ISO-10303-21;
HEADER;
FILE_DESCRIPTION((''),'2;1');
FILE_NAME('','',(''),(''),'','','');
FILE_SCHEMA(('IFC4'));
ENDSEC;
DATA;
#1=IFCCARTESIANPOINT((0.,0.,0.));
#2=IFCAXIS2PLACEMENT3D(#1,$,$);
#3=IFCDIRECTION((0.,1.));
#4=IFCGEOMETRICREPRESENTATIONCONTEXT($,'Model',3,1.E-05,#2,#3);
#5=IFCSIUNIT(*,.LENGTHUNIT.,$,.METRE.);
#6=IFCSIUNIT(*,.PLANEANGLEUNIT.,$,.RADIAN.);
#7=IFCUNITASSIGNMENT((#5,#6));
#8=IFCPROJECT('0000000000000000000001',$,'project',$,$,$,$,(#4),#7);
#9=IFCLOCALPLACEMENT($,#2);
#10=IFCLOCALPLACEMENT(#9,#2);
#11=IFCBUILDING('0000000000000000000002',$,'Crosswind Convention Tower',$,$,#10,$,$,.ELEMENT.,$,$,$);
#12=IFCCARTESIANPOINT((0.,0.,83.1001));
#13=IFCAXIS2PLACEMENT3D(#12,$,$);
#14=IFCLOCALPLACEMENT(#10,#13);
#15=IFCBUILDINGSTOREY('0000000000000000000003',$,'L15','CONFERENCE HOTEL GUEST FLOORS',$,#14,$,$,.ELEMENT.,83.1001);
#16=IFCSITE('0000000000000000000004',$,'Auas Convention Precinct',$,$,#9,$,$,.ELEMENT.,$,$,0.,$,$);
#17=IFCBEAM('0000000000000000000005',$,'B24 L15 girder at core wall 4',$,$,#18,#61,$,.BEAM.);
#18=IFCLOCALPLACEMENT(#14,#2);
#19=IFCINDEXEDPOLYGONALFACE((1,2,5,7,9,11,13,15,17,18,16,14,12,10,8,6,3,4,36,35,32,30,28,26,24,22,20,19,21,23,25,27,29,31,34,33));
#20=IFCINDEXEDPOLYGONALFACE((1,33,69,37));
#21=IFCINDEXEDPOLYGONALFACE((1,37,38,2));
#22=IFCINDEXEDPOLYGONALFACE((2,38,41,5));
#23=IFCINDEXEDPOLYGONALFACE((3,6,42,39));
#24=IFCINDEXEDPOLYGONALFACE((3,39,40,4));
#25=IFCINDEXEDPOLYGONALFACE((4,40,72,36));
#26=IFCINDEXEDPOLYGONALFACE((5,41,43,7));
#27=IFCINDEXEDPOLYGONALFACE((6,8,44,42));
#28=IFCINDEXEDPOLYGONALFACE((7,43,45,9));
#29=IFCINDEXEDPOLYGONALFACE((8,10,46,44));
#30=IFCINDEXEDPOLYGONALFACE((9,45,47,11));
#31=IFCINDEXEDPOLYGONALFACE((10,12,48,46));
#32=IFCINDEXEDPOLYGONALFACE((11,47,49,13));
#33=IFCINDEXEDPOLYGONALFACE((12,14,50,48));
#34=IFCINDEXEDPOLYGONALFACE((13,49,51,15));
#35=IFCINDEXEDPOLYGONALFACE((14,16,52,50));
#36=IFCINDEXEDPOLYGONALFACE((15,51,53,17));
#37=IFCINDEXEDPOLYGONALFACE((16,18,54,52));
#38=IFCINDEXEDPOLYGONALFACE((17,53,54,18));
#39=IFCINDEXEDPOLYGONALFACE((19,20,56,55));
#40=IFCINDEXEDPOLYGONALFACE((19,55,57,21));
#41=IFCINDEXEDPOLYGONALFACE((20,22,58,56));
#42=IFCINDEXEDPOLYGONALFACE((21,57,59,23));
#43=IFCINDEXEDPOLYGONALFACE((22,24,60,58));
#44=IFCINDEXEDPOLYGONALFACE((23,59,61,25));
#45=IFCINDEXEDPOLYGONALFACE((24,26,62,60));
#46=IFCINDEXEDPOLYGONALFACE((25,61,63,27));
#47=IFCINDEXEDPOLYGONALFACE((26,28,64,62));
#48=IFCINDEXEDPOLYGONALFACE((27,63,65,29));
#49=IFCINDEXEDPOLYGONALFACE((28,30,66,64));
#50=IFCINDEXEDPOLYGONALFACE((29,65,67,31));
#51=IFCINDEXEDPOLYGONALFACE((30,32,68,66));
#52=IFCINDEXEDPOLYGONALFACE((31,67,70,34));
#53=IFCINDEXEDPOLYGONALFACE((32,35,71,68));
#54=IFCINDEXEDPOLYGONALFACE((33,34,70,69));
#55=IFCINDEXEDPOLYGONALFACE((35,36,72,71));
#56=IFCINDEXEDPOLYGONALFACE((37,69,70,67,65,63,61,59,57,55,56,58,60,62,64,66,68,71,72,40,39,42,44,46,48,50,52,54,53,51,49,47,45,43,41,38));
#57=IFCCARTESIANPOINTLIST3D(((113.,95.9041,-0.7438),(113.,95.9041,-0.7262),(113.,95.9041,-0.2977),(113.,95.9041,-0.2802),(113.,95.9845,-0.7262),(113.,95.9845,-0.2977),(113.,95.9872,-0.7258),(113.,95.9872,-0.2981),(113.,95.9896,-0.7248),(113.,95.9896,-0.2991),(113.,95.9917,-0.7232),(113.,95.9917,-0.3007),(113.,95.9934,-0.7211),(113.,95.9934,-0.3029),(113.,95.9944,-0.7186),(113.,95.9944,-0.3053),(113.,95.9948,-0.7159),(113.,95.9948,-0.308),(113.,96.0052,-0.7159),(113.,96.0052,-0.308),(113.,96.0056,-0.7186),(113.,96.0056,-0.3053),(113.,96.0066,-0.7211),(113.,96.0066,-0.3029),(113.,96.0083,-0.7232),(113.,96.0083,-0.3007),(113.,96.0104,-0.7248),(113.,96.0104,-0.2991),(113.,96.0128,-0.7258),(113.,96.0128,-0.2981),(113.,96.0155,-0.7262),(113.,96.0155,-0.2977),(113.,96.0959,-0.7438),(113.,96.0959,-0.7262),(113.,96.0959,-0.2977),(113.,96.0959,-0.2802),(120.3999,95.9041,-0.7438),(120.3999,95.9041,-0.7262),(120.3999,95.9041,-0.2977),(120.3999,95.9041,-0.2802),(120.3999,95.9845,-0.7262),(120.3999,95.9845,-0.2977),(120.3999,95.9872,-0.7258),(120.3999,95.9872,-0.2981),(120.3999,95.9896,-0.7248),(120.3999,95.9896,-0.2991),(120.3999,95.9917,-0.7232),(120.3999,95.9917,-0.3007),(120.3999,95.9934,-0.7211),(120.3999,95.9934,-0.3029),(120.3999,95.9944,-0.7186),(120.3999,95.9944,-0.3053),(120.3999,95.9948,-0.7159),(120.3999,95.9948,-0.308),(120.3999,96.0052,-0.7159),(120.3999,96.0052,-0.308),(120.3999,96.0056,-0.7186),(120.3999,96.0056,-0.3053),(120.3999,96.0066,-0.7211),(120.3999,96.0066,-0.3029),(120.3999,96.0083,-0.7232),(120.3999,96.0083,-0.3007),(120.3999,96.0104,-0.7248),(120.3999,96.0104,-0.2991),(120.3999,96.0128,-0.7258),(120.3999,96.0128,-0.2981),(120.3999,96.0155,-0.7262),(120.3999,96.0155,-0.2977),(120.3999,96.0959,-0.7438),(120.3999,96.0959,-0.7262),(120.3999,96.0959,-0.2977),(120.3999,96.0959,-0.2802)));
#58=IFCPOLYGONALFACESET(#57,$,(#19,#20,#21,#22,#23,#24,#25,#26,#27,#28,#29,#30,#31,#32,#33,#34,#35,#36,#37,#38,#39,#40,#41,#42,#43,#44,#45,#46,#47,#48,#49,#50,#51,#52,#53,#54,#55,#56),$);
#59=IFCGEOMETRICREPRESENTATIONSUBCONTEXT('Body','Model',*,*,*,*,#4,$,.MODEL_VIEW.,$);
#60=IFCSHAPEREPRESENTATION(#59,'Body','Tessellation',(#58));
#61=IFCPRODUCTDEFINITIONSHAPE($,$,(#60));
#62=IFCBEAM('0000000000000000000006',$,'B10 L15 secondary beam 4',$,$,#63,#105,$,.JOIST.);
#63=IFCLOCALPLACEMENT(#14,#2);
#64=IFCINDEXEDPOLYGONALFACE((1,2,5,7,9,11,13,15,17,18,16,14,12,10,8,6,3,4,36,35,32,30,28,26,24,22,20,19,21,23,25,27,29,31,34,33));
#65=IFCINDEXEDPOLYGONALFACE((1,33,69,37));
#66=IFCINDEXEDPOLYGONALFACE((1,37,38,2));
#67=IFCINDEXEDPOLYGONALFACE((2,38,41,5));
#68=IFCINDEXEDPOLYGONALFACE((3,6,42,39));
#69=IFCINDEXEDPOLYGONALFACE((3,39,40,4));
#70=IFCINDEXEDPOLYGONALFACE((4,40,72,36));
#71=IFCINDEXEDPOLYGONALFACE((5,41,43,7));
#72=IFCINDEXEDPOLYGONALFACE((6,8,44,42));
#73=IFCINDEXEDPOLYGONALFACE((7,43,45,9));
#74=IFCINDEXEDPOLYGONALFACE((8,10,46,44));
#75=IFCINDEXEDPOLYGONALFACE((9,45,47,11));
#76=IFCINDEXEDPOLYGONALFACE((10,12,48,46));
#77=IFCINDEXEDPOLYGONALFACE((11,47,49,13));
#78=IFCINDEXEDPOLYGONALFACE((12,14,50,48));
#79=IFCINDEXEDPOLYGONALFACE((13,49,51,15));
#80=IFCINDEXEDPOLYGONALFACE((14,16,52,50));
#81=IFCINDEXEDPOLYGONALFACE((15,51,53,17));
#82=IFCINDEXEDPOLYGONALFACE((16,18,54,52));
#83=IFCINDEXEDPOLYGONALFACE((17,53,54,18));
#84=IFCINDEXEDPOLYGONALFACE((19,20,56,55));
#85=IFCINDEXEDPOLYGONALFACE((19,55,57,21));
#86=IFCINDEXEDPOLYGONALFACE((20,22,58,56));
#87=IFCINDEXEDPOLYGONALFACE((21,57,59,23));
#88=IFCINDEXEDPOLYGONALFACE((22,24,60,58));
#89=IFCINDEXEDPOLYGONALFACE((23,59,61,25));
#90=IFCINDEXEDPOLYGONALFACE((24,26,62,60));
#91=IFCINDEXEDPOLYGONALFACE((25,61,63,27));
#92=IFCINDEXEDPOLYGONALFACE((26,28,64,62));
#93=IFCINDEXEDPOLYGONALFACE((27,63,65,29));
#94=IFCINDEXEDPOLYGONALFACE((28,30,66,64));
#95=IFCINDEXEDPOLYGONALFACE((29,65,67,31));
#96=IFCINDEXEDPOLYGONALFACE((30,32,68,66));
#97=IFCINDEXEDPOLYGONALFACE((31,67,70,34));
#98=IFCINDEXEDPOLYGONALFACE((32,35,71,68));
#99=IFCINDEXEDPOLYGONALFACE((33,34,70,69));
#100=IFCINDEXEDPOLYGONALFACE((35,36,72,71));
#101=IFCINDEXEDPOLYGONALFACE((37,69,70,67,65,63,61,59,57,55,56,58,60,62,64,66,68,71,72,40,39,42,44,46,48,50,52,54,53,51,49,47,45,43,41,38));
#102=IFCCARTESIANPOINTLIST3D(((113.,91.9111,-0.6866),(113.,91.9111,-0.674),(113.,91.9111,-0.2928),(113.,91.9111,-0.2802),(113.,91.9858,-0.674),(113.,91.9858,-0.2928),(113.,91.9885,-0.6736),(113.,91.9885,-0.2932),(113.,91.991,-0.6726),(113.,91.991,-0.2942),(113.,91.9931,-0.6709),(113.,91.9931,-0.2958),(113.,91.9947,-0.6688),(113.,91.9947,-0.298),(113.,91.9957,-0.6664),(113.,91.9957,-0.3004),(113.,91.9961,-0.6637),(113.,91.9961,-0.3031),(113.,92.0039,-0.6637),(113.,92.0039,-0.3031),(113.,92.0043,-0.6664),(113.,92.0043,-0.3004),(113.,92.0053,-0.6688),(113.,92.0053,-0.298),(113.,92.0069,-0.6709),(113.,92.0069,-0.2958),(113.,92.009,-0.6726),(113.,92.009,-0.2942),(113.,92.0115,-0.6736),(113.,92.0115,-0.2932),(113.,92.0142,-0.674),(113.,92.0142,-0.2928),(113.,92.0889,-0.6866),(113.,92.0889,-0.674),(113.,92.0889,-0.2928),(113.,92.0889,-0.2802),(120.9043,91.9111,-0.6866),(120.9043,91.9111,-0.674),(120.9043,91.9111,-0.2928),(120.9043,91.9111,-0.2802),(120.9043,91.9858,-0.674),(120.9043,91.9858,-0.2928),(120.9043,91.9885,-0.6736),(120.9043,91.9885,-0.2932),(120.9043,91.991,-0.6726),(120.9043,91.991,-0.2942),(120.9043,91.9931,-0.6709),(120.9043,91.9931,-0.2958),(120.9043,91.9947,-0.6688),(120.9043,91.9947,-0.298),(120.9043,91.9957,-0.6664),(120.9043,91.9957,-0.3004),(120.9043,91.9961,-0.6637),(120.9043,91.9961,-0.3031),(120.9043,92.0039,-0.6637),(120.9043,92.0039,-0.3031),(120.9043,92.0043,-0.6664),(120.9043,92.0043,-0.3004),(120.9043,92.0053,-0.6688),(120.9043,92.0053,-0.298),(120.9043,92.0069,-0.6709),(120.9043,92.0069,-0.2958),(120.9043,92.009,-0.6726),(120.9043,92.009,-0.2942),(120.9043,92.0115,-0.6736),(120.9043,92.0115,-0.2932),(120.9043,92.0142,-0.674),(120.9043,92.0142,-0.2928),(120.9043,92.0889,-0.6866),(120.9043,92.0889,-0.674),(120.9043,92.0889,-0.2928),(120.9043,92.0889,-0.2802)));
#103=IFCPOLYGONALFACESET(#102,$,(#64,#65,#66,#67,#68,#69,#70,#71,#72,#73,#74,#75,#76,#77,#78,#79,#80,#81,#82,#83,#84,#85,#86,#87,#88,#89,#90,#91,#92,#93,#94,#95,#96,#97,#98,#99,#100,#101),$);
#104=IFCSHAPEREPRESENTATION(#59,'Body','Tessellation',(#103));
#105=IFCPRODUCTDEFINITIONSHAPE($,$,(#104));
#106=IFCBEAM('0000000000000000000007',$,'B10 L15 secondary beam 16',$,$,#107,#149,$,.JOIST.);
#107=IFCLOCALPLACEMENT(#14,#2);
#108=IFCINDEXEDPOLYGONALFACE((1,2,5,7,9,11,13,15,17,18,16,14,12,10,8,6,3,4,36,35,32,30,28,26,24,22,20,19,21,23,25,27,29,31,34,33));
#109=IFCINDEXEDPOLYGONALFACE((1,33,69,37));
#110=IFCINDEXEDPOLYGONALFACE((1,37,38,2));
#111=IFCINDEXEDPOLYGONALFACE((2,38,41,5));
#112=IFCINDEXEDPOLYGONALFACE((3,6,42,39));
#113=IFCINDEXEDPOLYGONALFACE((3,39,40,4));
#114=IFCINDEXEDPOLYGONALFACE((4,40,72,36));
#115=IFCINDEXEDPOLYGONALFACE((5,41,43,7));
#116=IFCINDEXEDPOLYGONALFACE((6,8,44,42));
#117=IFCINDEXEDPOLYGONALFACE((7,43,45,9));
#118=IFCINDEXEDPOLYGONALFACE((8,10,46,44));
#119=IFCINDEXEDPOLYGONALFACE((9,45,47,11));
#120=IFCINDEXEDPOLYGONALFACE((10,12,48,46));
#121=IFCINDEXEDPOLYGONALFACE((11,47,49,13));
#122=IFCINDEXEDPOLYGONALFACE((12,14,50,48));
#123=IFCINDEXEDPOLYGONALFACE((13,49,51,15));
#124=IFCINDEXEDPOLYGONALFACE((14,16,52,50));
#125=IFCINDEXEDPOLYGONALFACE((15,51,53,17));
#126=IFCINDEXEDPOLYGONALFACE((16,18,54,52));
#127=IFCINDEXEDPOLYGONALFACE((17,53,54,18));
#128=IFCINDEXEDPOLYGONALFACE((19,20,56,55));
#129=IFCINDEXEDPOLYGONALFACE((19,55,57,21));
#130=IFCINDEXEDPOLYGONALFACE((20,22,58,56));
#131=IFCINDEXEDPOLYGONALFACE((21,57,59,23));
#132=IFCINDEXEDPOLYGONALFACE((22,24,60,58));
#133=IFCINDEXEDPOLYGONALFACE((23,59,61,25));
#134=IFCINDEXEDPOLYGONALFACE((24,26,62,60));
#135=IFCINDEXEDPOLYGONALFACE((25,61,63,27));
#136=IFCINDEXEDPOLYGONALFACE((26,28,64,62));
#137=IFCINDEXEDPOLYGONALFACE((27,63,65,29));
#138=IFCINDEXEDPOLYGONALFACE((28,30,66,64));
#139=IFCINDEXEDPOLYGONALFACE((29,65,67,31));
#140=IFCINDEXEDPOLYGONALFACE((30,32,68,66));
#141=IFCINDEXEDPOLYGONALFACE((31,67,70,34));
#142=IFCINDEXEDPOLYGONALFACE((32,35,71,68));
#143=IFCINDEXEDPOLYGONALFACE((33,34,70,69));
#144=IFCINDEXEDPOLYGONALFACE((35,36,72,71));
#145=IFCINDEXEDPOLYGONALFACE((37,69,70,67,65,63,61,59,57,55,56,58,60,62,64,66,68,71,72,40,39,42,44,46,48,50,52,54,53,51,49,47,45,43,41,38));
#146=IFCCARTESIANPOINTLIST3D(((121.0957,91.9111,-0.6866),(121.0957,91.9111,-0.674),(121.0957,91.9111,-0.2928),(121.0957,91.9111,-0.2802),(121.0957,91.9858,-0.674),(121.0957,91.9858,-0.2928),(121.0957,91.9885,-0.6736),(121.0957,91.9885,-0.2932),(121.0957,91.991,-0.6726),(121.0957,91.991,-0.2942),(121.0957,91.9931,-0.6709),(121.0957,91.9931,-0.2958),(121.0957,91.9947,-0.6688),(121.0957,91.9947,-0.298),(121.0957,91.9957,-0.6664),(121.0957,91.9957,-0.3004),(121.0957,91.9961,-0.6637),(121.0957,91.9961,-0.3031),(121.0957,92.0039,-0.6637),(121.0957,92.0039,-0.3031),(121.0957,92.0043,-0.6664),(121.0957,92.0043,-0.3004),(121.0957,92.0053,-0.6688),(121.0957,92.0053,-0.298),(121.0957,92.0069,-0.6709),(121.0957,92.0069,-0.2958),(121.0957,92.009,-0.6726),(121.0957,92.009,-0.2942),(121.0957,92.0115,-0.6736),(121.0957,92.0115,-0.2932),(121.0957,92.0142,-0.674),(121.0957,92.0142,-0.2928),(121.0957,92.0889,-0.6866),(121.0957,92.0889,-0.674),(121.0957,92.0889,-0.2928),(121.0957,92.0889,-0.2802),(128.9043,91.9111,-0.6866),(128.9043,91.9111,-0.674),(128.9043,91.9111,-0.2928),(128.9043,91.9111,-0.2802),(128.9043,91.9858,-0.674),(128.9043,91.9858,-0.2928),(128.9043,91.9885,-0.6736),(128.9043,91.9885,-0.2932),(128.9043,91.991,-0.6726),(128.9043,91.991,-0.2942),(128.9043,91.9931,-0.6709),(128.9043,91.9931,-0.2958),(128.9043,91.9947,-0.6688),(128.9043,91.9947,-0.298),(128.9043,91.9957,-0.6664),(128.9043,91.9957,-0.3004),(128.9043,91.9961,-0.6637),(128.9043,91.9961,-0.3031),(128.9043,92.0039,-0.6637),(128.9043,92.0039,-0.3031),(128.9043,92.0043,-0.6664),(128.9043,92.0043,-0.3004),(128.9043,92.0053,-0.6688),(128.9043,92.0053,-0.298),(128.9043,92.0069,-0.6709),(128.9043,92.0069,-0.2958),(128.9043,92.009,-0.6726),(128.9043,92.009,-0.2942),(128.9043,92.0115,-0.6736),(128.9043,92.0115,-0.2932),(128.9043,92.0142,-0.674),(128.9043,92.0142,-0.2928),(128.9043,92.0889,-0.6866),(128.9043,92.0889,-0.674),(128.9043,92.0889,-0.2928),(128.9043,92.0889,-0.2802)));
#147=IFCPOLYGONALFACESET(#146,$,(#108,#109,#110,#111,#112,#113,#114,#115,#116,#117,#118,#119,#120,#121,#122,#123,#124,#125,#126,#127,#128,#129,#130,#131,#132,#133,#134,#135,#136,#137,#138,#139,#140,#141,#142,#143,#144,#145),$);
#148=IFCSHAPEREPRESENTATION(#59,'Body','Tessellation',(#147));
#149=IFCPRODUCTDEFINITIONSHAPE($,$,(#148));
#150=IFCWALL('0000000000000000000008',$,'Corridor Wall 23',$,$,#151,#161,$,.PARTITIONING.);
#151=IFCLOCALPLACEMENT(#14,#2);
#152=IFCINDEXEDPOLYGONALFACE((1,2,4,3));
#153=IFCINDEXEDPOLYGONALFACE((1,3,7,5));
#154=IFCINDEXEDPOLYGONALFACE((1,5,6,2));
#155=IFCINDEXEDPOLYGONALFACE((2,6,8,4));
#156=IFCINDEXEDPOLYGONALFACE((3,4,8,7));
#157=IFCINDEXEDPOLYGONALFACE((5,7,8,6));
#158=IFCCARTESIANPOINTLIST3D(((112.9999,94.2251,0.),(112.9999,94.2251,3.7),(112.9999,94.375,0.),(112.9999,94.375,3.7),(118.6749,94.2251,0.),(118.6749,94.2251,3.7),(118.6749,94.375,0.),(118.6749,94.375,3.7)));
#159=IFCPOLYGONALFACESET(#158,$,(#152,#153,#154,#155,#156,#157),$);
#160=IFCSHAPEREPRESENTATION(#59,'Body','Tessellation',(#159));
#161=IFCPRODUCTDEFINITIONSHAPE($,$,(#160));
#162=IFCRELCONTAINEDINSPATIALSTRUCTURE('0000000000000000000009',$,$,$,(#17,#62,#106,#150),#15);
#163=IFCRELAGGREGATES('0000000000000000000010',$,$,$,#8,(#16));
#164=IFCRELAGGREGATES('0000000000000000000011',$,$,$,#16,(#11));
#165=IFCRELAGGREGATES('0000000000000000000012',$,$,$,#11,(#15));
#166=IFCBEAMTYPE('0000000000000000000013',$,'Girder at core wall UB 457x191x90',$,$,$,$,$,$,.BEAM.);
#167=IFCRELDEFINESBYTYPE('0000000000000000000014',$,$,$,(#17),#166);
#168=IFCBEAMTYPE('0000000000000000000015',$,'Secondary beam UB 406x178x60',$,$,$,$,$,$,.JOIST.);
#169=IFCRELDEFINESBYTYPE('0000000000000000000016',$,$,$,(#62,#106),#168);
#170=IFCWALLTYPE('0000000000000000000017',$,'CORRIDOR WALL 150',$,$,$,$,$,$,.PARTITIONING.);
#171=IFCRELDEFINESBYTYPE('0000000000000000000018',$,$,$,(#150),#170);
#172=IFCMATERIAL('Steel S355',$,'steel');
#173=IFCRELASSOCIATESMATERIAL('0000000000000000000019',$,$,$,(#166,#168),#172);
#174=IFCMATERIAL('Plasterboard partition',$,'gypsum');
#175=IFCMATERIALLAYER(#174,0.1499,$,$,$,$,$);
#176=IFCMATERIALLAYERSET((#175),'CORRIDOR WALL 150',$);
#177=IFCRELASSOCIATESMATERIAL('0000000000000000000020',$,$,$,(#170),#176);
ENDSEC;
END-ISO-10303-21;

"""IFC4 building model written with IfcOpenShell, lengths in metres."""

from ifc_helpers import new_model, si_unit, direction, frame, frame_2d, origin, origin_2d, place, context, subcontext, project, spatial, rectangle, i_section, extrude, material, layer, layer_set, material_profile, profile_set, type_object, element, save


model = new_model("IFC4")

# Units and contexts
model_context = context("Model", 3, precision=1e-05, world=origin(), true_north=direction((0.0, 1.0)))
body_context = subcontext(model_context, "Body", "Model", "MODEL_VIEW")
ifc_project = project(units=[si_unit("LENGTHUNIT", "METRE"), si_unit("PLANEANGLEUNIT", "RADIAN")], contexts=[model_context])

# Site, building, storey
site_placement = place(None, origin())
site = spatial("IfcSite", under=ifc_project, at=site_placement, Name="Auas Convention Precinct", CompositionType="ELEMENT", RefElevation=0.0)
building_placement = place(site_placement, origin())
building = spatial("IfcBuilding", under=site, at=building_placement, Name="Crosswind Convention Tower", CompositionType="ELEMENT")
storey_placement = place(building_placement, frame((0.0, 0.0, 83.1001)))
storey = spatial("IfcBuildingStorey", under=building, at=storey_placement, Name="L15", Description="CONFERENCE HOTEL GUEST FLOORS", CompositionType="ELEMENT", Elevation=83.1001)

# Beams
ifc_material_1 = material(Name="Steel S355", Category="steel")
ifc_material_profile_1 = material_profile(ifc_material_1, i_section(OverallWidth=0.1919, OverallDepth=0.4636, WebThickness=0.0105, FlangeThickness=0.0176, FilletRadius=0.0103, at=origin_2d()), Name="UB 457x191x90")
ifc_profile_set_1 = profile_set([ifc_material_profile_1], Name="Steel S355")
beam_type_1 = type_object("IfcBeamType", Name="Girder at core wall UB 457x191x90", PredefinedType="BEAM", material=ifc_profile_set_1)
for number, where, z_axis, x_axis, name in (
    (1, (113.0, 96.0, -0.512), (1.0, 0.0, 0.0), (0.0, 1.0, 0.0), "B24 L15 girder at core wall 4"),
):
    element("IfcBeam", number, at=place(storey_placement, frame(where, z_axis=z_axis, x_axis=x_axis)), inside=storey, type_object=beam_type_1, Name=name, PredefinedType="BEAM", context=body_context, shape_type="SweptSolid", body=[
        extrude(i_section(OverallWidth=0.1919, OverallDepth=0.4636, WebThickness=0.0105, FlangeThickness=0.0176, FilletRadius=0.0103, at=origin_2d()), origin(), (0.0, 0.0, 1.0), 7.3999),
    ])
ifc_material_profile_2 = material_profile(ifc_material_1, i_section(OverallWidth=0.1777, OverallDepth=0.4065, WebThickness=0.0078, FlangeThickness=0.0127, FilletRadius=0.0103, at=origin_2d()), Name="UB 406x178x60")
ifc_profile_set_2 = profile_set([ifc_material_profile_2], Name="Steel S355")
beam_type_2 = type_object("IfcBeamType", Name="Secondary beam UB 406x178x60", PredefinedType="JOIST", material=ifc_profile_set_2)
beam_1_placement = place(storey_placement, frame((113.0, 92.0, -0.4834), z_axis=(1.0, 0.0, 0.0), x_axis=(0.0, 1.0, 0.0)))
element("IfcBeam", 2, at=beam_1_placement, inside=storey, type_object=beam_type_2, Name="B10 L15 secondary beam 4", PredefinedType="JOIST", context=body_context, shape_type="SweptSolid", body=[
    extrude(i_section(OverallWidth=0.1777, OverallDepth=0.4065, WebThickness=0.0078, FlangeThickness=0.0127, FilletRadius=0.0103, at=origin_2d()), origin(), (0.0, 0.0, 1.0), 7.9043),
])
beam_2_placement = place(storey_placement, frame((121.0957, 92.0, -0.4834), z_axis=(1.0, 0.0, 0.0), x_axis=(0.0, 1.0, 0.0)))
element("IfcBeam", 3, at=beam_2_placement, inside=storey, type_object=beam_type_2, Name="B10 L15 secondary beam 16", PredefinedType="JOIST", context=body_context, shape_type="SweptSolid", body=[
    extrude(i_section(OverallWidth=0.1777, OverallDepth=0.4065, WebThickness=0.0078, FlangeThickness=0.0127, FilletRadius=0.0103, at=origin_2d()), origin(), (0.0, 0.0, 1.0), 7.8086),
])

# Wall
ifc_material_2 = material(Name="Plasterboard partition", Category="gypsum")
ifc_layer_1 = layer(ifc_material_2, 0.1499)
ifc_layer_set_1 = layer_set([ifc_layer_1], Name="CORRIDOR WALL 150")
wall_type_1 = type_object("IfcWallType", Name="CORRIDOR WALL 150", PredefinedType="PARTITIONING", material=ifc_layer_set_1)
wall_1_placement = place(storey_placement, frame((113.0, 94.3, 0.0), z_axis=(0.0, 0.0, 1.0), x_axis=(1.0, 0.0, 0.0)))
element("IfcWall", 4, at=wall_1_placement, inside=storey, type_object=wall_type_1, Name="Corridor Wall 23", PredefinedType="PARTITIONING", context=body_context, shape_type="SweptSolid", body=[
    extrude(rectangle(XDim=5.675, YDim=0.1499, at=frame_2d((2.8374, 0.0))), origin(), (0.0, 0.0, 1.0), 3.7),
])

save(model, "model.ifc")
